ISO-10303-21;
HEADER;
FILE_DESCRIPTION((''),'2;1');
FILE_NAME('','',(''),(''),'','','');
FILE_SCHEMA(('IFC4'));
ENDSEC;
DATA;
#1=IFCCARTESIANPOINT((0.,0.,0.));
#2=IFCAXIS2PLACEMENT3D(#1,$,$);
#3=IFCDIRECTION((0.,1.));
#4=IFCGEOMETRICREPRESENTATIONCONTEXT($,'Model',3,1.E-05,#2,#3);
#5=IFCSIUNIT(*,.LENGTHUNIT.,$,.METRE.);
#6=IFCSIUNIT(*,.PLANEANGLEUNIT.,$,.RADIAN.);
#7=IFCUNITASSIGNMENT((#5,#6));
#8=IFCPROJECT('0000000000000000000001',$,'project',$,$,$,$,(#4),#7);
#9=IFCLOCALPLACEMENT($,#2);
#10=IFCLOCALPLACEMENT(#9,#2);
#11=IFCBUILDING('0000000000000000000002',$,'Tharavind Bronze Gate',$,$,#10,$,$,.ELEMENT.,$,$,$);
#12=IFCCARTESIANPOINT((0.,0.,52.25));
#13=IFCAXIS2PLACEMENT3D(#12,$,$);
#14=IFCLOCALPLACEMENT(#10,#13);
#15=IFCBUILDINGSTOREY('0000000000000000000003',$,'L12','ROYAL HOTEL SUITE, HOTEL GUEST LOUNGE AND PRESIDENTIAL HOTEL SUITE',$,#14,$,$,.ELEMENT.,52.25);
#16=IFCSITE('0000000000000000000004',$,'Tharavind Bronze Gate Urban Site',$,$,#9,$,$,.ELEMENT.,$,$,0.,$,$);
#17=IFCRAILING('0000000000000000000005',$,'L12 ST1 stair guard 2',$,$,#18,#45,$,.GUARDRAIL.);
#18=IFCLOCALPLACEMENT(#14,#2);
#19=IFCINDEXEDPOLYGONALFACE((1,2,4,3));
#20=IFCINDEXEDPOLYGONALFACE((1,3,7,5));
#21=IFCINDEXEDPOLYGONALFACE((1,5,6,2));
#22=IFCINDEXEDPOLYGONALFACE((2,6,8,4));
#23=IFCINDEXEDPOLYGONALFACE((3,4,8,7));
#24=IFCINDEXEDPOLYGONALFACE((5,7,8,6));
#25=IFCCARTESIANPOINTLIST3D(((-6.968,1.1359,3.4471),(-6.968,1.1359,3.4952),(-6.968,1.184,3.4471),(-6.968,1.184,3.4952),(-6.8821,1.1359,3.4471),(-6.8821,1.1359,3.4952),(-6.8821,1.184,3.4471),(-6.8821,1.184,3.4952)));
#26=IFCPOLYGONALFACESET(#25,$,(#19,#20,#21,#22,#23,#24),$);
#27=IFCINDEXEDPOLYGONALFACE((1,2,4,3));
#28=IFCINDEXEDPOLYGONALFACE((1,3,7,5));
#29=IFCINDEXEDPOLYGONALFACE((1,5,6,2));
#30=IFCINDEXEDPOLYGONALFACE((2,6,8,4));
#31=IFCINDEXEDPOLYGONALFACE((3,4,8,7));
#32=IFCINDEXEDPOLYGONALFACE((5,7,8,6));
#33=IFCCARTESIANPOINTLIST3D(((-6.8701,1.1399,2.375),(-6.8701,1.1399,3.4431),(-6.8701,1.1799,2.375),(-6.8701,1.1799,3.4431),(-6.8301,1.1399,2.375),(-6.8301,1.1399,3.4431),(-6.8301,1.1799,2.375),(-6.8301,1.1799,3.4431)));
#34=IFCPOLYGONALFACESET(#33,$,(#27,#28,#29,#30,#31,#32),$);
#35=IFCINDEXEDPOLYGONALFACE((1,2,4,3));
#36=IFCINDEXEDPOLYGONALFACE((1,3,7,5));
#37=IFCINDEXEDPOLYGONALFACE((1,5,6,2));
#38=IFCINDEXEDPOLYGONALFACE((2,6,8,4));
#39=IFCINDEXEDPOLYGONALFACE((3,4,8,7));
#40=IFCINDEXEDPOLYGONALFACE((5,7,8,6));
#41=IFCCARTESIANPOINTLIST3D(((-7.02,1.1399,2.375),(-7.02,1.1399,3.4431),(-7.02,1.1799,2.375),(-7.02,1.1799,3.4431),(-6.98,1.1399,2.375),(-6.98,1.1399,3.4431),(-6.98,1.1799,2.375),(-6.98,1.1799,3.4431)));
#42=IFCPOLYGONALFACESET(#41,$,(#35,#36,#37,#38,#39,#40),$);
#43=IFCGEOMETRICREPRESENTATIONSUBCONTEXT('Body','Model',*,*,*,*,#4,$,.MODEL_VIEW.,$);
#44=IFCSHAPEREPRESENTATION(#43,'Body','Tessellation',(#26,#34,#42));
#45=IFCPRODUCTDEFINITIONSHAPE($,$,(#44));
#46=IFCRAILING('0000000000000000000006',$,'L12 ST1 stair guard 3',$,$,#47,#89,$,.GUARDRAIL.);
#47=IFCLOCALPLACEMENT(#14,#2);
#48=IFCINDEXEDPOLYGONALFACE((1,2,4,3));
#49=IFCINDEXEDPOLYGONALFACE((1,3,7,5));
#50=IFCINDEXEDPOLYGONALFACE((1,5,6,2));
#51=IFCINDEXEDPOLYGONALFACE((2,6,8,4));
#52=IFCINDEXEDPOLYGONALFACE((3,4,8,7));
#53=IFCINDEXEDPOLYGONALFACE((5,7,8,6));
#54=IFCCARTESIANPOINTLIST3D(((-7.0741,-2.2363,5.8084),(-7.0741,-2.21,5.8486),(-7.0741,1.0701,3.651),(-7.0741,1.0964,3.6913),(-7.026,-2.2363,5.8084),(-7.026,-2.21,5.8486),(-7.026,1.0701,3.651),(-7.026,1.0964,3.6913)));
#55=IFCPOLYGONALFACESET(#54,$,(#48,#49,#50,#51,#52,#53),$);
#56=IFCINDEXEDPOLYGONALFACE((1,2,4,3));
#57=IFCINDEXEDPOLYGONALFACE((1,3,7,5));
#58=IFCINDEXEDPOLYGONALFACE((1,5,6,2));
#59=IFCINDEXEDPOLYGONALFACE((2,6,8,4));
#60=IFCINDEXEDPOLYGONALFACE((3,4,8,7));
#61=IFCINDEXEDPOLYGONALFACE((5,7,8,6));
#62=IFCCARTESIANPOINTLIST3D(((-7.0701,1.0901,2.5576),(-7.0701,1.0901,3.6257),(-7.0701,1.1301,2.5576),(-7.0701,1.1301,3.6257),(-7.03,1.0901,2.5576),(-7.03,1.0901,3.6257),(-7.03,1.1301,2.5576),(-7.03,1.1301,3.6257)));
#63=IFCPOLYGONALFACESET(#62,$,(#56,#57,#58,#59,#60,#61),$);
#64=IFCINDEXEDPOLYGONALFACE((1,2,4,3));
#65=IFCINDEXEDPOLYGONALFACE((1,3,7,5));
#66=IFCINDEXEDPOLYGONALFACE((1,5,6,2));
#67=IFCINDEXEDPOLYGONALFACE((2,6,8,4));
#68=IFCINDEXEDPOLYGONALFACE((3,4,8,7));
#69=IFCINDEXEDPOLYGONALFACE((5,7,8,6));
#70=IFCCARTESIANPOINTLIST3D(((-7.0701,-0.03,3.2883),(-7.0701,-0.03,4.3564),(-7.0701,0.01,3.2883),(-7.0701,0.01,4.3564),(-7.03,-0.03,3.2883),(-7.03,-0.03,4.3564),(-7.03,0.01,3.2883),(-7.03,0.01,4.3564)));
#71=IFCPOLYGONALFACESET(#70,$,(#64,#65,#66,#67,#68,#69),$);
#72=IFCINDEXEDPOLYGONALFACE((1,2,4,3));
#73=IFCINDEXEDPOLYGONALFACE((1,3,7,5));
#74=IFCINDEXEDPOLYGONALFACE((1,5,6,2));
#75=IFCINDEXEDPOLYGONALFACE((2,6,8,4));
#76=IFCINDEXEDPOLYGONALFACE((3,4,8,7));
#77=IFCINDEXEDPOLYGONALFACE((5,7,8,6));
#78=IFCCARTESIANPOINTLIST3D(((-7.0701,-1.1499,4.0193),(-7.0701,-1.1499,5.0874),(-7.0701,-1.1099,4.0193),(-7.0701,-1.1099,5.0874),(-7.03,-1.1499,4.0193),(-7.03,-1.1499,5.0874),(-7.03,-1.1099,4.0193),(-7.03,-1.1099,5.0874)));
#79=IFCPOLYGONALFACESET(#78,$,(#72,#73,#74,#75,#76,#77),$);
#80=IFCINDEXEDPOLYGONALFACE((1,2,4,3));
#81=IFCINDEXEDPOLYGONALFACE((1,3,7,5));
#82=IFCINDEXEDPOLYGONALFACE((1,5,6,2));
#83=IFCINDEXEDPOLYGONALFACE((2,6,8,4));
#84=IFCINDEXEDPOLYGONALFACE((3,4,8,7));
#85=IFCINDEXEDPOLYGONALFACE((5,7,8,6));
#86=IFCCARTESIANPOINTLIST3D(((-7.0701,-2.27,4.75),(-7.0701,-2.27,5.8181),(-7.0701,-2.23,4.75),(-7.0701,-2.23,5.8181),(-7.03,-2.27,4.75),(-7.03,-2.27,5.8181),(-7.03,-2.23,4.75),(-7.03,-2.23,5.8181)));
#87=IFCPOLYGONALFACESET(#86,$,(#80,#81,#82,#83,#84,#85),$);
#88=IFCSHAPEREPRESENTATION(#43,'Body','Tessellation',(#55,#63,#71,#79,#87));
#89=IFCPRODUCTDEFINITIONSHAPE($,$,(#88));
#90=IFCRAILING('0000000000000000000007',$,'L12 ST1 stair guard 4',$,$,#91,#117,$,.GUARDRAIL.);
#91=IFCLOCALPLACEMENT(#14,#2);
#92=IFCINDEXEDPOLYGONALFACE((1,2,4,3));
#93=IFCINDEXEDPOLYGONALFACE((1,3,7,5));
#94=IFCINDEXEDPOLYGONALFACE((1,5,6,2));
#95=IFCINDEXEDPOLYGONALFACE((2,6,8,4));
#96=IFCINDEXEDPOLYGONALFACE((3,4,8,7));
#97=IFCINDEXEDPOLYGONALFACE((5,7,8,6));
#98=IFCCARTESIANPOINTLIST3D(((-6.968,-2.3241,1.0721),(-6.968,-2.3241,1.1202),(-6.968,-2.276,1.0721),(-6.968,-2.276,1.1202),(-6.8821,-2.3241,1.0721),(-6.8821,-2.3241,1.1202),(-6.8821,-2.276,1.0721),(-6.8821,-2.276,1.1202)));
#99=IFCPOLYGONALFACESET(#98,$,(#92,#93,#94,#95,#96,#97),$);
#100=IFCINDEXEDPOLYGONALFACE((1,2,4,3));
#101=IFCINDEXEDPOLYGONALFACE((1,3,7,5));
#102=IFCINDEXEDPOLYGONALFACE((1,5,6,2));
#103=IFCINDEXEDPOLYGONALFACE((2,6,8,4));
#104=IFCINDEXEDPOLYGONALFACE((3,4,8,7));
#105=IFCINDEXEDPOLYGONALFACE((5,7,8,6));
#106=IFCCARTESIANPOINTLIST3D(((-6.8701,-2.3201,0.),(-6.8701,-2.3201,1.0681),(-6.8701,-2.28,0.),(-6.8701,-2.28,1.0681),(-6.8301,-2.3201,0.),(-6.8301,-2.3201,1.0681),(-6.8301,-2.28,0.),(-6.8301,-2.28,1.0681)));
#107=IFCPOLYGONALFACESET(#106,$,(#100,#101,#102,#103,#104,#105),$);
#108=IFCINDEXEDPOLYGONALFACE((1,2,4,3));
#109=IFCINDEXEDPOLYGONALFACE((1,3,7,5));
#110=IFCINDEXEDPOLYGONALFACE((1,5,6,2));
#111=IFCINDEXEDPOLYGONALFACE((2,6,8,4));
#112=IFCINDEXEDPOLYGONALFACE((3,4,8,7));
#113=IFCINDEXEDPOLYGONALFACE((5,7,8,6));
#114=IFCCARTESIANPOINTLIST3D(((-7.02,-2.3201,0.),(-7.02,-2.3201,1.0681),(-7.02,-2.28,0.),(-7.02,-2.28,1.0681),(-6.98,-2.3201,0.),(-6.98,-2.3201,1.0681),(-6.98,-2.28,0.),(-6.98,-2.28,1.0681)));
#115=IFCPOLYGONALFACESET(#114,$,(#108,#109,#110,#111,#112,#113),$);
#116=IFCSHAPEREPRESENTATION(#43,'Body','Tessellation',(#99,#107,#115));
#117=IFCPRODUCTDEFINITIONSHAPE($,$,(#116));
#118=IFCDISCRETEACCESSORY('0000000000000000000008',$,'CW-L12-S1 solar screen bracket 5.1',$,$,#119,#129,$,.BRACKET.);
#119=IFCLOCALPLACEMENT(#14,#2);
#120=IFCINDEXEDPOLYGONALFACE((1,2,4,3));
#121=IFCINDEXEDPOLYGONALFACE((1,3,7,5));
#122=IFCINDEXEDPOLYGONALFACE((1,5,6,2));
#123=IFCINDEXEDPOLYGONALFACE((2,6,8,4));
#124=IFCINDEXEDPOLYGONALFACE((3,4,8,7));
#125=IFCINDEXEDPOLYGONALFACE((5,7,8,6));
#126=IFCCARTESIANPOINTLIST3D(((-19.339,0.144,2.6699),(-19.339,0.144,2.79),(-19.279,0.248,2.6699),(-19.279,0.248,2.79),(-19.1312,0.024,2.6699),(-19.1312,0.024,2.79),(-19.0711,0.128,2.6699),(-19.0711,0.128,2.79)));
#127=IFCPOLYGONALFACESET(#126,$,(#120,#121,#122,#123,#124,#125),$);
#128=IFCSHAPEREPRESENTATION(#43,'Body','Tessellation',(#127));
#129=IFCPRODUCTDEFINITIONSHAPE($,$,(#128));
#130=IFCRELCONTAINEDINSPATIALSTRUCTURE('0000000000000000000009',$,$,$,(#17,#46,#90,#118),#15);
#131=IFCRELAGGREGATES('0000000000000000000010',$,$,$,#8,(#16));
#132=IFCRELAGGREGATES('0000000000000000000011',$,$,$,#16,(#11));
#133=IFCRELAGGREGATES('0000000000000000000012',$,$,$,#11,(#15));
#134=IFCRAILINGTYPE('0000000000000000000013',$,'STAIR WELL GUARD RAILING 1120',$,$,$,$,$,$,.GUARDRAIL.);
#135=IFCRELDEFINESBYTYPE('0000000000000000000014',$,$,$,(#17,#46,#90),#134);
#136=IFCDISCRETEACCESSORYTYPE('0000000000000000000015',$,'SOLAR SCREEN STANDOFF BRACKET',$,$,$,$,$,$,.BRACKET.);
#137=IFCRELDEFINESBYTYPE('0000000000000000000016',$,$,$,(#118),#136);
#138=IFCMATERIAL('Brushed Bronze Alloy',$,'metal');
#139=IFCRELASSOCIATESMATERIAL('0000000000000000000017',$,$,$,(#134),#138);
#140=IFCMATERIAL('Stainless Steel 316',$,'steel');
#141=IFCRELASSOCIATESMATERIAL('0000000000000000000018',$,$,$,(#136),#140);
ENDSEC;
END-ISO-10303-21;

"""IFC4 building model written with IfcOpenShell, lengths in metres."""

from ifc_helpers import new_model, si_unit, direction, frame, origin, origin_2d, place, context, subcontext, project, spatial, rectangle, extrude, material, type_object, element, save


model = new_model("IFC4")

# Units and contexts
model_context = context("Model", 3, precision=1e-05, world=origin(), true_north=direction((0.0, 1.0)))
body_context = subcontext(model_context, "Body", "Model", "MODEL_VIEW")
ifc_project = project(units=[si_unit("LENGTHUNIT", "METRE"), si_unit("PLANEANGLEUNIT", "RADIAN")], contexts=[model_context])

# Site, building, storey
site_placement = place(None, origin())
site = spatial("IfcSite", under=ifc_project, at=site_placement, Name="Tharavind Bronze Gate Urban Site", CompositionType="ELEMENT", RefElevation=0.0)
building_placement = place(site_placement, origin())
building = spatial("IfcBuilding", under=site, at=building_placement, Name="Tharavind Bronze Gate", CompositionType="ELEMENT")
storey_placement = place(building_placement, frame((0.0, 0.0, 52.25)))
storey = spatial("IfcBuildingStorey", under=building, at=storey_placement, Name="L12", Description="ROYAL HOTEL SUITE, HOTEL GUEST LOUNGE AND PRESIDENTIAL HOTEL SUITE", CompositionType="ELEMENT", Elevation=52.25)

# Railings
ifc_material_1 = material(Name="Brushed Bronze Alloy", Category="metal")
railing_type_1 = type_object("IfcRailingType", Name="STAIR WELL GUARD RAILING 1120", PredefinedType="GUARDRAIL", material=ifc_material_1)
railing_1_placement = place(storey_placement, frame((-6.8501, 1.1599, 2.375)))
element("IfcRailing", 1, at=railing_1_placement, inside=storey, type_object=railing_type_1, Name="L12 ST1 stair guard 2", PredefinedType="GUARDRAIL", context=body_context, shape_type="SweptSolid", body=[
    extrude(rectangle(XDim=0.0481, YDim=0.0481, at=origin_2d()), frame((-0.032, 0.0, 1.0962), z_axis=(-1.0, 0.0, 0.0), x_axis=(0.0, -1.0, 0.0)), (0.0, 0.0, 1.0), 0.0859),
    extrude(rectangle(XDim=0.04, YDim=0.04, at=origin_2d()), origin(), (0.0, 0.0, 1.0), 1.0681),
    extrude(rectangle(XDim=0.04, YDim=0.04, at=origin_2d()), frame((-0.1499, 0.0, 0.0)), (0.0, 0.0, 1.0), 1.0681),
])
railing_2_placement = place(storey_placement, frame((-7.05, 1.1101, 2.5576)))
element("IfcRailing", 2, at=railing_2_placement, inside=storey, type_object=railing_type_1, Name="L12 ST1 stair guard 3", PredefinedType="GUARDRAIL", context=body_context, shape_type="SweptSolid", body=[
    extrude(rectangle(XDim=0.0481, YDim=0.0481, at=origin_2d()), frame((0.0, -0.0269, 1.1135), z_axis=(0.0, -0.837496, 0.546444), x_axis=(1.0, 0.0, 0.0)), (0.0, 0.0, 1.0), 3.948),
    extrude(rectangle(XDim=0.04, YDim=0.04, at=origin_2d()), origin(), (0.0, 0.0, 1.0), 1.0681),
    extrude(rectangle(XDim=0.04, YDim=0.04, at=origin_2d()), frame((0.0, -1.1201, 0.7307)), (0.0, 0.0, 1.0), 1.0681),
    extrude(rectangle(XDim=0.04, YDim=0.04, at=origin_2d()), frame((0.0, -2.24, 1.4617)), (0.0, 0.0, 1.0), 1.0681),
    extrude(rectangle(XDim=0.04, YDim=0.04, at=origin_2d()), frame((0.0, -3.3601, 2.1924)), (0.0, 0.0, 1.0), 1.0681),
])
railing_3_placement = place(storey_placement, frame((-6.8501, -2.3, 0.0)))
element("IfcRailing", 3, at=railing_3_placement, inside=storey, type_object=railing_type_1, Name="L12 ST1 stair guard 4", PredefinedType="GUARDRAIL", context=body_context, shape_type="SweptSolid", body=[
    extrude(rectangle(XDim=0.0481, YDim=0.0481, at=origin_2d()), frame((-0.032, 0.0, 1.0962), z_axis=(-1.0, 0.0, 0.0), x_axis=(0.0, -1.0, 0.0)), (0.0, 0.0, 1.0), 0.0859),
    extrude(rectangle(XDim=0.04, YDim=0.04, at=origin_2d()), origin(), (0.0, 0.0, 1.0), 1.0681),
    extrude(rectangle(XDim=0.04, YDim=0.04, at=origin_2d()), frame((-0.1499, 0.0, 0.0)), (0.0, 0.0, 1.0), 1.0681),
])

# Discrete accessory
ifc_material_2 = material(Name="Stainless Steel 316", Category="steel")
discrete_accessory_type = type_object("IfcDiscreteAccessoryType", Name="SOLAR SCREEN STANDOFF BRACKET", PredefinedType="BRACKET", material=ifc_material_2)
discrete_accessory_placement = place(storey_placement, frame((-19.2051, 0.136, 2.6699), z_axis=(0.0, 0.0, 1.0), x_axis=(-0.500002, -0.866025, 0.0)))
element("IfcDiscreteAccessory", 4, at=discrete_accessory_placement, inside=storey, type_object=discrete_accessory_type, Name="CW-L12-S1 solar screen bracket 5.1", PredefinedType="BRACKET", context=body_context, shape_type="SweptSolid", body=[
    extrude(rectangle(XDim=0.1201, YDim=0.24, at=origin_2d()), origin(), (0.0, 0.0, 1.0), 0.1201),
])

save(model, "model.ifc")
